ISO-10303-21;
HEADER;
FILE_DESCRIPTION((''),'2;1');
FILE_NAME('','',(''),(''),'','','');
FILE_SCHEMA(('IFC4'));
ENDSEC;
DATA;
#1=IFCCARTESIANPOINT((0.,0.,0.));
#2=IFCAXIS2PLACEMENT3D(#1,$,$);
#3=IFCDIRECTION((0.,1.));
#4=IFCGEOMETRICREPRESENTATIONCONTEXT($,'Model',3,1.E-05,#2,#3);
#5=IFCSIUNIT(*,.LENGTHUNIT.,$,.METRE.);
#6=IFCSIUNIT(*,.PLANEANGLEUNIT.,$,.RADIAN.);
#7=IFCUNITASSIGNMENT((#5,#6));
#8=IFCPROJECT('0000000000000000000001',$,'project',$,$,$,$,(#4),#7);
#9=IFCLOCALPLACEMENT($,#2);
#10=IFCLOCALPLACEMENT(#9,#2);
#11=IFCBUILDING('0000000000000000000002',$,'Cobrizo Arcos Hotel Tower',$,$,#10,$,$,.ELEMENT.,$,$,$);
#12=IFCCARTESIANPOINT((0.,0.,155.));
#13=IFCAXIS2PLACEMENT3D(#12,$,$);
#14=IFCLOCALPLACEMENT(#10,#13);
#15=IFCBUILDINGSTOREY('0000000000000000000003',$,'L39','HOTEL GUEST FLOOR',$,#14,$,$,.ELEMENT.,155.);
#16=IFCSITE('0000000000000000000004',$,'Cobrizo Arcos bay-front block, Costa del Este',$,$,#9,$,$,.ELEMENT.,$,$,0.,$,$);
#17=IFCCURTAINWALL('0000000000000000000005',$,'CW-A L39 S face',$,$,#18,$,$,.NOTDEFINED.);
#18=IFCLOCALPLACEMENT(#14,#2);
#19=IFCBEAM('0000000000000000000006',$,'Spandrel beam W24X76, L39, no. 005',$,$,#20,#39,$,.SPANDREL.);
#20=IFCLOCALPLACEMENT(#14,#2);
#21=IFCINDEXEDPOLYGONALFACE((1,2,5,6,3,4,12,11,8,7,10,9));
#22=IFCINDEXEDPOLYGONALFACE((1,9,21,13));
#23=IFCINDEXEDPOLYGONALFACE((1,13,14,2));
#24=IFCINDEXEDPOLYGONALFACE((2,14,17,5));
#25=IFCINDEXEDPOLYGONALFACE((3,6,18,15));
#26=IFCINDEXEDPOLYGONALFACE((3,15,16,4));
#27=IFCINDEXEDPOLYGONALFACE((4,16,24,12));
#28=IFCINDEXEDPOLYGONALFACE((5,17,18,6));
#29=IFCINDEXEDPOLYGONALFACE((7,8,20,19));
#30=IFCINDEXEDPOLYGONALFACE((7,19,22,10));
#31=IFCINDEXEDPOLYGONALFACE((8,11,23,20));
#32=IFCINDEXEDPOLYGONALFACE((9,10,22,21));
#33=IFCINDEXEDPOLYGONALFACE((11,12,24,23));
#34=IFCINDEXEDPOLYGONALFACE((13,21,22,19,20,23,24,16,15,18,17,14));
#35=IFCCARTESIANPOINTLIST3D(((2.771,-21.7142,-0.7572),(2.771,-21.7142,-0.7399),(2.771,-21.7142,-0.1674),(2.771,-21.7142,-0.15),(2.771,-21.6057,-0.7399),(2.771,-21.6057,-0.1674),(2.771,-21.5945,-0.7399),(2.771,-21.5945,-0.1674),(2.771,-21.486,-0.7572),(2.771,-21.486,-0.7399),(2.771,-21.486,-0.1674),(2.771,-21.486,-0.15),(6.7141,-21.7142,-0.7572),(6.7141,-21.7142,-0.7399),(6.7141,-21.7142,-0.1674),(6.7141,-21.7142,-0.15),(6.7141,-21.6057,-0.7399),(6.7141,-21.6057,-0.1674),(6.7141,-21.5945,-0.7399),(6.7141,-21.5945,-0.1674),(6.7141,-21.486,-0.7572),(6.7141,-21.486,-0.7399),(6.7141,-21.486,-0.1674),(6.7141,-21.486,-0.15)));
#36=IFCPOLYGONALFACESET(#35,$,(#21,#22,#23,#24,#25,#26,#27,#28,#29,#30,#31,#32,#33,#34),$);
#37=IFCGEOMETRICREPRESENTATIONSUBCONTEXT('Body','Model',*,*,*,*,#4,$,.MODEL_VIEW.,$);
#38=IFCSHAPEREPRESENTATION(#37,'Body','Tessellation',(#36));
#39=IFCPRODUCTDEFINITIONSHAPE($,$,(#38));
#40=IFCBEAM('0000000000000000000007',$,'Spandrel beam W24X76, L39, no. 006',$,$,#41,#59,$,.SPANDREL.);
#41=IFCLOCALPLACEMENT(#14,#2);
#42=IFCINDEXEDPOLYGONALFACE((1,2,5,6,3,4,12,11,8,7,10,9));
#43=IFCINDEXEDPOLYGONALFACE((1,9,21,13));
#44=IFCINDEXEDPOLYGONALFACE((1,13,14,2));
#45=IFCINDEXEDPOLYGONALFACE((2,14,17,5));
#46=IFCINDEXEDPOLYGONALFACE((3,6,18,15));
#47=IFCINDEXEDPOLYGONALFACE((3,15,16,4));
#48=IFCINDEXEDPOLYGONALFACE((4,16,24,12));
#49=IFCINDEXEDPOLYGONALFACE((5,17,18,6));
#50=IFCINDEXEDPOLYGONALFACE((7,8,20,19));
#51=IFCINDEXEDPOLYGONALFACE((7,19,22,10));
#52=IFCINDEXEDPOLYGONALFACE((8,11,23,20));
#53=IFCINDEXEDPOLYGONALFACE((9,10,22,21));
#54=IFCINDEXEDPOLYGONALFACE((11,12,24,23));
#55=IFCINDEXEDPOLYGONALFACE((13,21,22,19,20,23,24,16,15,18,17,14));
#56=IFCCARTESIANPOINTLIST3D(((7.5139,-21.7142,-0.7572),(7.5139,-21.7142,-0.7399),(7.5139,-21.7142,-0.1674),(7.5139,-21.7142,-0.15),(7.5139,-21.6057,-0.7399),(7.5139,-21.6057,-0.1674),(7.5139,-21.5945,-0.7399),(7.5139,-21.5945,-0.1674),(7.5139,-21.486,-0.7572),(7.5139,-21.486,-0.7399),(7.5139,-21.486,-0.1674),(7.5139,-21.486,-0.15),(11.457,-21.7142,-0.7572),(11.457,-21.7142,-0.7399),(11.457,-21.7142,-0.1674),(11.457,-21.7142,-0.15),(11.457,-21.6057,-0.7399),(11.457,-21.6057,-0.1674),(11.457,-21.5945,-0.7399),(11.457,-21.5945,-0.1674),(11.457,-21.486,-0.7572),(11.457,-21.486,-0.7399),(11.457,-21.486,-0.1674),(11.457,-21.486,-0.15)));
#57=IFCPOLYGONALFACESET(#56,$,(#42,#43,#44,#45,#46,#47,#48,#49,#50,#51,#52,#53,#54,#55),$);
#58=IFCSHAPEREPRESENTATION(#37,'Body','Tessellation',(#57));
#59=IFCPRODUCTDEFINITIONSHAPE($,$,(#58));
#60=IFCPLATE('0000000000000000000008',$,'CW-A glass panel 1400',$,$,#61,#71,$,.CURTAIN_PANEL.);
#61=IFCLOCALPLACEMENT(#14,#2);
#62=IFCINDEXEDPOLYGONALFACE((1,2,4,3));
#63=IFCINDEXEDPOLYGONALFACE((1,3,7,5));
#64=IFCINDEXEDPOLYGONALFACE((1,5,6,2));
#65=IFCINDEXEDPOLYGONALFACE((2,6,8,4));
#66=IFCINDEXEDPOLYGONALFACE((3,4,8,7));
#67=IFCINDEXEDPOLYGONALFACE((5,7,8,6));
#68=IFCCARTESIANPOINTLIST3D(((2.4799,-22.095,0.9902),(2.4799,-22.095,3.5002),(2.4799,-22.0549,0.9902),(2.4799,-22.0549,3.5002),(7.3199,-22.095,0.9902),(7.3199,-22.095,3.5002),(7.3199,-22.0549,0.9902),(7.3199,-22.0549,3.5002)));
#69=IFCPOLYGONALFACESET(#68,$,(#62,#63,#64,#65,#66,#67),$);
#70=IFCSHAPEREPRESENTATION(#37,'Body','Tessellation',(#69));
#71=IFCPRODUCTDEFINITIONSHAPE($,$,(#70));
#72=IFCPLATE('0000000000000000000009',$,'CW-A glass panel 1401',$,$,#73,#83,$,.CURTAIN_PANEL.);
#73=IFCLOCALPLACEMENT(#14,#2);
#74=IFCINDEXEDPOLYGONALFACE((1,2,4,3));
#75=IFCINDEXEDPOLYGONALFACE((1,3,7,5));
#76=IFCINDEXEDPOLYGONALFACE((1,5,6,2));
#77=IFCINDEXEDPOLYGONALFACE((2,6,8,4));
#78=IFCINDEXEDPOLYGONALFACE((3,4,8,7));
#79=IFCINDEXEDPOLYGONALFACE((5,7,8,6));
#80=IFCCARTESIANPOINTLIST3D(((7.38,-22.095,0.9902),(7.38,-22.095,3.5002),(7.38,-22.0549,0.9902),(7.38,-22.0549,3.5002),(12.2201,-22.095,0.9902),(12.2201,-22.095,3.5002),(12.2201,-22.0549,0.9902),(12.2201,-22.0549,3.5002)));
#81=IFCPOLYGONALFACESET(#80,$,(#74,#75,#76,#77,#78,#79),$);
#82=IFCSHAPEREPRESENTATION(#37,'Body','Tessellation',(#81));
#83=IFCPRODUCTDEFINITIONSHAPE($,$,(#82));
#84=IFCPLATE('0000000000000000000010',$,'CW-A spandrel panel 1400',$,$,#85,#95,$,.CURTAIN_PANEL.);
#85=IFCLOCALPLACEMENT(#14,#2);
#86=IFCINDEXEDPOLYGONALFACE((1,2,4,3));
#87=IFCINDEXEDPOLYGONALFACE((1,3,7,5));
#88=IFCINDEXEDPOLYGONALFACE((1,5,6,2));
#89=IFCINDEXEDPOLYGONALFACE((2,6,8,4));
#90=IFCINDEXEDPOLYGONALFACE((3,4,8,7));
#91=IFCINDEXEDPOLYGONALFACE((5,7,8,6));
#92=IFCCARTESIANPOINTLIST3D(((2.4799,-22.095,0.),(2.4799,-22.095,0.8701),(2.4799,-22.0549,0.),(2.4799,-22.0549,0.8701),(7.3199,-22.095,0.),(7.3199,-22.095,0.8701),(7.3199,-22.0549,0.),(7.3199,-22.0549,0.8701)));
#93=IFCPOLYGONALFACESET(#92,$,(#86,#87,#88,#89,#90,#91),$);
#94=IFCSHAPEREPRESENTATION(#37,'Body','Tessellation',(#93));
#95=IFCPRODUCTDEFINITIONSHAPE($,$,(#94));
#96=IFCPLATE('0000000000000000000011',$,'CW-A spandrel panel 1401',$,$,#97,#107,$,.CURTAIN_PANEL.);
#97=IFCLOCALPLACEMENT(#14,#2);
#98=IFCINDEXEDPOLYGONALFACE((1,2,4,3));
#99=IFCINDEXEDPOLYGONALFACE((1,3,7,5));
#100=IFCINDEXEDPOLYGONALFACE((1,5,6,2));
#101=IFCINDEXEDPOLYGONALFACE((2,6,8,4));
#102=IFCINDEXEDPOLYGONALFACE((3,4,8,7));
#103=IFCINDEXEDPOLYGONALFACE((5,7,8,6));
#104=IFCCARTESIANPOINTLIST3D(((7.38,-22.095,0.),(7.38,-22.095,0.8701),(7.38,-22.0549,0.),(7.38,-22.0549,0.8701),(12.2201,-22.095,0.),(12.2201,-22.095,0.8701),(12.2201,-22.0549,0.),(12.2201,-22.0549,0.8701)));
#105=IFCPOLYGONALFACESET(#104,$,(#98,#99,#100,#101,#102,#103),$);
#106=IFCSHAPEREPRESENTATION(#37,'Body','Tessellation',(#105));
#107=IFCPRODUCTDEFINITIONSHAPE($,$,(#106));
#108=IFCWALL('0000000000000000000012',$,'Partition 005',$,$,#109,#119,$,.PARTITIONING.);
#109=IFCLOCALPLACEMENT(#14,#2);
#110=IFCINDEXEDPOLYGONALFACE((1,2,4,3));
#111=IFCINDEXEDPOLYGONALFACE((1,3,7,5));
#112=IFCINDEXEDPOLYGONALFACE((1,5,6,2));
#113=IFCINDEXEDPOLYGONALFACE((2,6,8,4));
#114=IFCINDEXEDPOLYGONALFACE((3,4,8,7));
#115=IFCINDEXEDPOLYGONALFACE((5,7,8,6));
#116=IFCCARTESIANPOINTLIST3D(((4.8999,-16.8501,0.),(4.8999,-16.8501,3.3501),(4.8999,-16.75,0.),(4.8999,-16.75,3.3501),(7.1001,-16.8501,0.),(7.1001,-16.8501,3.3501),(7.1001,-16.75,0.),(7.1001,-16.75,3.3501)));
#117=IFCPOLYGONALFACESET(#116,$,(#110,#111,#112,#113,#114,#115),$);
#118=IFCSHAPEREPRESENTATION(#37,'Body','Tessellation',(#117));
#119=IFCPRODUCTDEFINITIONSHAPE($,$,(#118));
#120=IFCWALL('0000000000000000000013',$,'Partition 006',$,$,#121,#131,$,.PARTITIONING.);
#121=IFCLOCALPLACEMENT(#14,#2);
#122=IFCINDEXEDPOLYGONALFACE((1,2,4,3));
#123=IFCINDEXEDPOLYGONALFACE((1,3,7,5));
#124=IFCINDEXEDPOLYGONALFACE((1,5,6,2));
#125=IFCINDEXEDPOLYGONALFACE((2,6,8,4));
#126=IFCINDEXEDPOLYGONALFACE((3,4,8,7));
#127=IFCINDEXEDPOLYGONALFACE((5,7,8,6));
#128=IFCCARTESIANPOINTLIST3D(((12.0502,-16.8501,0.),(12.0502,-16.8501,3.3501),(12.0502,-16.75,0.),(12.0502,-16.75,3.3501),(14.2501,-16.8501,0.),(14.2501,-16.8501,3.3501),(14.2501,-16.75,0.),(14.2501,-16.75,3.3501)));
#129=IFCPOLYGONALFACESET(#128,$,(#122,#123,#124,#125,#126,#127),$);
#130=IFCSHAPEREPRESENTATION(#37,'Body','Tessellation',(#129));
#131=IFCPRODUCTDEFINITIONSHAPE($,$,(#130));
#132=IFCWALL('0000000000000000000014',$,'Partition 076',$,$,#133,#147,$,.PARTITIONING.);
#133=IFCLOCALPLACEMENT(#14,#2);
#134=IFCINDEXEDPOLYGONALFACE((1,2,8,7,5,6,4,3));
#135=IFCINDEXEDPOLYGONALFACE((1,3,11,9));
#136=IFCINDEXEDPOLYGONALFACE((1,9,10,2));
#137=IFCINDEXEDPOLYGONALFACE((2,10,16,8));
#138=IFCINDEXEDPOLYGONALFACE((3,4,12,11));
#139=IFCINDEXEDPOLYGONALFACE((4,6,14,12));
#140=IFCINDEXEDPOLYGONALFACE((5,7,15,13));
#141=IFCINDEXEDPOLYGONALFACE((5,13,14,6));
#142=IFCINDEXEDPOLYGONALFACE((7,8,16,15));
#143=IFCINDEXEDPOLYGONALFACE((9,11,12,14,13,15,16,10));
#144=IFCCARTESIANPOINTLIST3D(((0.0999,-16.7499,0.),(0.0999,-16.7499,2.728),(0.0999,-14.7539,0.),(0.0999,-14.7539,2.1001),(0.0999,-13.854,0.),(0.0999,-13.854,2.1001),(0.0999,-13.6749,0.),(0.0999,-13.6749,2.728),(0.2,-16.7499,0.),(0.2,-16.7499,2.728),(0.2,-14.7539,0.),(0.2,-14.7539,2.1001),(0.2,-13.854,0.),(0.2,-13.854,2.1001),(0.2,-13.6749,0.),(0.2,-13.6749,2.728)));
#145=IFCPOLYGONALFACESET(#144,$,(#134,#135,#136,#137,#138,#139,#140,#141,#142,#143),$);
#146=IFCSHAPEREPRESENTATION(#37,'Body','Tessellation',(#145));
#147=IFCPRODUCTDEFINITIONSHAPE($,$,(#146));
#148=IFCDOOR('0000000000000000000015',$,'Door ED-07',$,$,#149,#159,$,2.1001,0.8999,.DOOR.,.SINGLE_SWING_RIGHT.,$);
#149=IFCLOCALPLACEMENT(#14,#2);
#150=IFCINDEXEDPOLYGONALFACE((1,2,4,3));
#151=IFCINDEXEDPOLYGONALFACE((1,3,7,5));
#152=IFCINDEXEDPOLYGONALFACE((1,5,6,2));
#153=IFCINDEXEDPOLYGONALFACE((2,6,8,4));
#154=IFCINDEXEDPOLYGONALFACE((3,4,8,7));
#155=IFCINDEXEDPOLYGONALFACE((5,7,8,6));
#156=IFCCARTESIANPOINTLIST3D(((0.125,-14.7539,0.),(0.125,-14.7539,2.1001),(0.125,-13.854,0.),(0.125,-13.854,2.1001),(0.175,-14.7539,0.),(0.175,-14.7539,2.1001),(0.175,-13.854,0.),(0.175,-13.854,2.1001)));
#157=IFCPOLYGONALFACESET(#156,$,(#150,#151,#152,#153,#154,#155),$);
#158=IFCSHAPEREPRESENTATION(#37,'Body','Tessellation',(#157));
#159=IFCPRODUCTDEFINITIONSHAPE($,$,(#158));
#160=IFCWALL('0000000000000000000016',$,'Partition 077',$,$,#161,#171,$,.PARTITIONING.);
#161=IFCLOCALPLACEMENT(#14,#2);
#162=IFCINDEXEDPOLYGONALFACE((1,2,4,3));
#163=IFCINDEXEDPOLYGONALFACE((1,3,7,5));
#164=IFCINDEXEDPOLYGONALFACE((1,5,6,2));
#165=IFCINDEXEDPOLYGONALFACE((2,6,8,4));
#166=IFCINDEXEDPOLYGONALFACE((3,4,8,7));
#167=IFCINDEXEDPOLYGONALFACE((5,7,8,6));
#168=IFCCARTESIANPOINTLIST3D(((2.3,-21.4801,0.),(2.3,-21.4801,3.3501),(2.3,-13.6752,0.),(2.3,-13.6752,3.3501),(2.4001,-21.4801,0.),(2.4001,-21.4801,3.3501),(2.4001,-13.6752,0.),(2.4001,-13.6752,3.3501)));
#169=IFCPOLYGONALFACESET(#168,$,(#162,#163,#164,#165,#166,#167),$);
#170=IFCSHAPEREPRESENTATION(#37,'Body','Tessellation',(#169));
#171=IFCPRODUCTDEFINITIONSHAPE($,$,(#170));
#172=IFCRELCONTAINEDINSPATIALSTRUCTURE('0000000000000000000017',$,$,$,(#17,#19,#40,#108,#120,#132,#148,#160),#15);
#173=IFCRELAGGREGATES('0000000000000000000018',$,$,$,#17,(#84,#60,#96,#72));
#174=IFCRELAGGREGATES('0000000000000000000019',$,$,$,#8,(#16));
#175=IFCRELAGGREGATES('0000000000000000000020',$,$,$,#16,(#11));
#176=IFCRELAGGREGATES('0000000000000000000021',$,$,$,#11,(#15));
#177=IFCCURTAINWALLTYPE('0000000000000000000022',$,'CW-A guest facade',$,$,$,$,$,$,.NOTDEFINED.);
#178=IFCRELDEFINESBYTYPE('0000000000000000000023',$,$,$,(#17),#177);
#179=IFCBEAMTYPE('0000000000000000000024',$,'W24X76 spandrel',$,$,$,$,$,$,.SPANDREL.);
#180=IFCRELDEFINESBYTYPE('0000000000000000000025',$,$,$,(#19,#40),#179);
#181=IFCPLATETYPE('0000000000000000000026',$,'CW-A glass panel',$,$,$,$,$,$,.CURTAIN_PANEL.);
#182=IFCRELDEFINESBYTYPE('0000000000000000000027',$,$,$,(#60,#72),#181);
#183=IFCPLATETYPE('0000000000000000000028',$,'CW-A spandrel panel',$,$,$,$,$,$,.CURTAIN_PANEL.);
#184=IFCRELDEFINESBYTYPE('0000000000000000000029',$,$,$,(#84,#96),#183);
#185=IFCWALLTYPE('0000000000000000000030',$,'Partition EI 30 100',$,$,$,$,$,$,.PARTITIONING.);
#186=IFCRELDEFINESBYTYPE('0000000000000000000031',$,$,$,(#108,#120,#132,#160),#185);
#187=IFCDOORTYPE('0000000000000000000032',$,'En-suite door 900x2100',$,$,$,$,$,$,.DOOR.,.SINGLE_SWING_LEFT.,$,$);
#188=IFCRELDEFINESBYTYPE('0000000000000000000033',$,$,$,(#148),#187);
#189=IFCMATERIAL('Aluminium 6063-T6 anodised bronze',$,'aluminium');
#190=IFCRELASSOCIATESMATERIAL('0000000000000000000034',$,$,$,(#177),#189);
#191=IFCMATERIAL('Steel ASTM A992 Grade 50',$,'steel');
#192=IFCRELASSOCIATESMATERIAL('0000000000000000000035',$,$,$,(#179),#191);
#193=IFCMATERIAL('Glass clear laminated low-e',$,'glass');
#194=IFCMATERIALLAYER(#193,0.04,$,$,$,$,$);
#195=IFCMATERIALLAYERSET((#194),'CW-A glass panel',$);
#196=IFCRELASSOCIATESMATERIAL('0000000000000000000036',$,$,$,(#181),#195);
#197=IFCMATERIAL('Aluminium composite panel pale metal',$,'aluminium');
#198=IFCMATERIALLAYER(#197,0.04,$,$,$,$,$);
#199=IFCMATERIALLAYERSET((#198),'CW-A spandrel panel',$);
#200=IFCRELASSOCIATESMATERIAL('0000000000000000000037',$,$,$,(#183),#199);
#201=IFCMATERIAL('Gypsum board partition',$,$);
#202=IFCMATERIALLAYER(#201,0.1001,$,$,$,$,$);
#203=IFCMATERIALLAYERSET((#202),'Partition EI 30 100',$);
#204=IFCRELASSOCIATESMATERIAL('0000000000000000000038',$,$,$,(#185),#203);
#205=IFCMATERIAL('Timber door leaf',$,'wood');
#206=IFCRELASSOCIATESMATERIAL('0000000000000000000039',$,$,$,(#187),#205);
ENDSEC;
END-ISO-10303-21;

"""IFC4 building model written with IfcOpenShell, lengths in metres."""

from ifc_helpers import new_model, si_unit, direction, frame, frame_2d, origin, origin_2d, place, context, subcontext, project, spatial, rectangle, i_section, extrude, material, layer, layer_set, material_profile, profile_set, type_object, element, fill, aggregate, save


model = new_model("IFC4")

# Units and contexts
model_context = context("Model", 3, precision=1e-05, world=origin(), true_north=direction((0.0, 1.0)))
body_context = subcontext(model_context, "Body", "Model", "MODEL_VIEW")
ifc_project = project(units=[si_unit("LENGTHUNIT", "METRE"), si_unit("PLANEANGLEUNIT", "RADIAN")], contexts=[model_context])

# Site, building, storey
site_placement = place(None, origin())
site = spatial("IfcSite", under=ifc_project, at=site_placement, Name="Cobrizo Arcos bay-front block, Costa del Este", CompositionType="ELEMENT", RefElevation=0.0)
building_placement = place(site_placement, origin())
building = spatial("IfcBuilding", under=site, at=building_placement, Name="Cobrizo Arcos Hotel Tower", CompositionType="ELEMENT")
storey_placement = place(building_placement, frame((0.0, 0.0, 155.0)))
storey = spatial("IfcBuildingStorey", under=building, at=storey_placement, Name="L39", Description="HOTEL GUEST FLOOR", CompositionType="ELEMENT", Elevation=155.0)

# Curtain wall
ifc_material_1 = material(Name="Aluminium 6063-T6 anodised bronze", Category="aluminium")
curtain_wall_type = type_object("IfcCurtainWallType", Name="CW-A guest facade", PredefinedType="NOTDEFINED", material=ifc_material_1)
curtain_wall_placement = place(storey_placement, origin())
curtain_wall = element("IfcCurtainWall", 1, at=curtain_wall_placement, inside=storey, type_object=curtain_wall_type, Name="CW-A L39 S face", PredefinedType="NOTDEFINED")

# Beams
ifc_material_2 = material(Name="Steel ASTM A992 Grade 50", Category="steel")
ifc_material_profile_1 = material_profile(ifc_material_2, i_section(OverallWidth=0.2283, OverallDepth=0.6072, WebThickness=0.0112, FlangeThickness=0.0173, at=origin_2d()), Name="W24X76")
ifc_profile_set_1 = profile_set([ifc_material_profile_1], Name="Steel ASTM A992 Grade 50")
beam_type_1 = type_object("IfcBeamType", Name="W24X76 spandrel", PredefinedType="SPANDREL", material=ifc_profile_set_1)
for number, where, z_axis, x_axis, name in (
    (2, (2.771, -21.6001, -0.4536), (1.0, 0.0, 0.0), (0.0, 1.0, 0.0), "Spandrel beam W24X76, L39, no. 005"),
    (3, (7.5139, -21.6001, -0.4536), (1.0, 0.0, 0.0), (0.0, 1.0, 0.0), "Spandrel beam W24X76, L39, no. 006"),
):
    element("IfcBeam", number, at=place(storey_placement, frame(where, z_axis=z_axis, x_axis=x_axis)), inside=storey, type_object=beam_type_1, Name=name, PredefinedType="SPANDREL", context=body_context, shape_type="SweptSolid", body=[
        extrude(i_section(OverallWidth=0.2283, OverallDepth=0.6072, WebThickness=0.0112, FlangeThickness=0.0173, at=origin_2d()), origin(), (0.0, 0.0, 1.0), 3.9431),
    ])

# Plates
ifc_material_3 = material(Name="Glass clear laminated low-e", Category="glass")
ifc_layer_1 = layer(ifc_material_3, 0.04)
ifc_layer_set_1 = layer_set([ifc_layer_1], Name="CW-A glass panel")
plate_type_1 = type_object("IfcPlateType", Name="CW-A glass panel", PredefinedType="CURTAIN_PANEL", material=ifc_layer_set_1)
plate_1_placement = place(storey_placement, frame((4.8999, -22.075, 0.9902), z_axis=(0.0, 0.0, 1.0), x_axis=(1.0, 0.0, 0.0)))
plate_1 = element("IfcPlate", 4, at=plate_1_placement, type_object=plate_type_1, Name="CW-A glass panel 1400", PredefinedType="CURTAIN_PANEL", context=body_context, shape_type="SweptSolid", body=[
    extrude(rectangle(XDim=4.8401, YDim=0.04, at=origin_2d()), origin(), (0.0, 0.0, 1.0), 2.51),
])
plate_2_placement = place(storey_placement, frame((9.8, -22.075, 0.9902), z_axis=(0.0, 0.0, 1.0), x_axis=(1.0, 0.0, 0.0)))
plate_2 = element("IfcPlate", 5, at=plate_2_placement, type_object=plate_type_1, Name="CW-A glass panel 1401", PredefinedType="CURTAIN_PANEL", context=body_context, shape_type="SweptSolid", body=[
    extrude(rectangle(XDim=4.8401, YDim=0.04, at=origin_2d()), origin(), (0.0, 0.0, 1.0), 2.51),
])
ifc_material_4 = material(Name="Aluminium composite panel pale metal", Category="aluminium")
ifc_layer_2 = layer(ifc_material_4, 0.04)
ifc_layer_set_2 = layer_set([ifc_layer_2], Name="CW-A spandrel panel")
plate_type_2 = type_object("IfcPlateType", Name="CW-A spandrel panel", PredefinedType="CURTAIN_PANEL", material=ifc_layer_set_2)
plate_3_placement = place(storey_placement, frame((4.8999, -22.075, 0.0), z_axis=(0.0, 0.0, 1.0), x_axis=(1.0, 0.0, 0.0)))
plate_3 = element("IfcPlate", 6, at=plate_3_placement, type_object=plate_type_2, Name="CW-A spandrel panel 1400", PredefinedType="CURTAIN_PANEL", context=body_context, shape_type="SweptSolid", body=[
    extrude(rectangle(XDim=4.8401, YDim=0.04, at=origin_2d()), origin(), (0.0, 0.0, 1.0), 0.8701),
])
plate_4_placement = place(storey_placement, frame((9.8, -22.075, 0.0), z_axis=(0.0, 0.0, 1.0), x_axis=(1.0, 0.0, 0.0)))
plate_4 = element("IfcPlate", 7, at=plate_4_placement, type_object=plate_type_2, Name="CW-A spandrel panel 1401", PredefinedType="CURTAIN_PANEL", context=body_context, shape_type="SweptSolid", body=[
    extrude(rectangle(XDim=4.8401, YDim=0.04, at=origin_2d()), origin(), (0.0, 0.0, 1.0), 0.8701),
])
aggregate(curtain_wall, [plate_3, plate_1, plate_4, plate_2])

# Walls
ifc_material_5 = material(Name="Gypsum board partition")
ifc_layer_3 = layer(ifc_material_5, 0.1001)
ifc_layer_set_3 = layer_set([ifc_layer_3], Name="Partition EI 30 100")
wall_type = type_object("IfcWallType", Name="Partition EI 30 100", PredefinedType="PARTITIONING", material=ifc_layer_set_3)
wall_1_placement = place(storey_placement, frame((4.8999, -16.8, 0.0), z_axis=(0.0, 0.0, 1.0), x_axis=(1.0, 0.0, 0.0)))
element("IfcWall", 8, at=wall_1_placement, inside=storey, type_object=wall_type, Name="Partition 005", PredefinedType="PARTITIONING", context=body_context, shape_type="SweptSolid", body=[
    extrude(rectangle(XDim=2.2002, YDim=0.1001, at=frame_2d((1.1001, 0.0))), origin(), (0.0, 0.0, 1.0), 3.3501),
])
wall_2_placement = place(storey_placement, frame((12.05, -16.8, 0.0), z_axis=(0.0, 0.0, 1.0), x_axis=(1.0, 0.0, 0.0)))
element("IfcWall", 9, at=wall_2_placement, inside=storey, type_object=wall_type, Name="Partition 006", PredefinedType="PARTITIONING", context=body_context, shape_type="SweptSolid", body=[
    extrude(rectangle(XDim=2.2, YDim=0.1001, at=frame_2d((1.1001, 0.0))), origin(), (0.0, 0.0, 1.0), 3.3501),
])

# Wall, opening, door
wall_3_placement = place(storey_placement, frame((0.1499, -16.75, 0.0), z_axis=(0.0, 0.0, 1.0), x_axis=(0.0, 1.0, 0.0)))
wall_3 = element("IfcWall", 10, at=wall_3_placement, inside=storey, type_object=wall_type, Name="Partition 076", PredefinedType="PARTITIONING", context=body_context, shape_type="SweptSolid", body=[
    extrude(rectangle(XDim=3.075, YDim=0.1001, at=frame_2d((1.5376, 0.0))), origin(), (0.0, 0.0, 1.0), 2.728),
])
opening_1_placement = place(wall_3_placement, frame((1.9961, 0.0, 0.0)))
opening_1 = element("IfcOpeningElement", 11, at=opening_1_placement, cuts=wall_3, PredefinedType="OPENING", context=body_context, shape_type="SweptSolid", body=[
    extrude(rectangle(XDim=0.8999, YDim=2.1001, at=frame_2d((0.45, 1.05))), frame((0.0, 0.062, 0.0), z_axis=(0.0, -1.0, 0.0), x_axis=(1.0, 0.0, 0.0)), (0.0, 0.0, 1.0), 0.124),
])
ifc_material_6 = material(Name="Timber door leaf", Category="wood")
door_type = type_object("IfcDoorType", Name="En-suite door 900x2100", OperationType="SINGLE_SWING_LEFT", PredefinedType="DOOR", material=ifc_material_6)
door_1_placement = place(opening_1_placement, origin())
door_1 = element("IfcDoor", 12, at=door_1_placement, inside=storey, type_object=door_type, Name="Door ED-07", OperationType="SINGLE_SWING_RIGHT", OverallHeight=2.1001, OverallWidth=0.8999, PredefinedType="DOOR", context=body_context, shape_type="SweptSolid", body=[
    extrude(rectangle(XDim=0.8999, YDim=2.1001, at=frame_2d((0.45, 1.05))), frame((0.0, 0.0249, 0.0), z_axis=(0.0, -1.0, 0.0), x_axis=(1.0, 0.0, 0.0)), (0.0, 0.0, 1.0), 0.05),
])
fill(opening_1, door_1)

# Wall
wall_4_placement = place(storey_placement, frame((2.3501, -21.48, 0.0), z_axis=(0.0, 0.0, 1.0), x_axis=(0.0, 1.0, 0.0)))
element("IfcWall", 13, at=wall_4_placement, inside=storey, type_object=wall_type, Name="Partition 077", PredefinedType="PARTITIONING", context=body_context, shape_type="SweptSolid", body=[
    extrude(rectangle(XDim=7.8049, YDim=0.1001, at=frame_2d((3.9023, 0.0))), origin(), (0.0, 0.0, 1.0), 3.3501),
])

save(model, "model.ifc")
